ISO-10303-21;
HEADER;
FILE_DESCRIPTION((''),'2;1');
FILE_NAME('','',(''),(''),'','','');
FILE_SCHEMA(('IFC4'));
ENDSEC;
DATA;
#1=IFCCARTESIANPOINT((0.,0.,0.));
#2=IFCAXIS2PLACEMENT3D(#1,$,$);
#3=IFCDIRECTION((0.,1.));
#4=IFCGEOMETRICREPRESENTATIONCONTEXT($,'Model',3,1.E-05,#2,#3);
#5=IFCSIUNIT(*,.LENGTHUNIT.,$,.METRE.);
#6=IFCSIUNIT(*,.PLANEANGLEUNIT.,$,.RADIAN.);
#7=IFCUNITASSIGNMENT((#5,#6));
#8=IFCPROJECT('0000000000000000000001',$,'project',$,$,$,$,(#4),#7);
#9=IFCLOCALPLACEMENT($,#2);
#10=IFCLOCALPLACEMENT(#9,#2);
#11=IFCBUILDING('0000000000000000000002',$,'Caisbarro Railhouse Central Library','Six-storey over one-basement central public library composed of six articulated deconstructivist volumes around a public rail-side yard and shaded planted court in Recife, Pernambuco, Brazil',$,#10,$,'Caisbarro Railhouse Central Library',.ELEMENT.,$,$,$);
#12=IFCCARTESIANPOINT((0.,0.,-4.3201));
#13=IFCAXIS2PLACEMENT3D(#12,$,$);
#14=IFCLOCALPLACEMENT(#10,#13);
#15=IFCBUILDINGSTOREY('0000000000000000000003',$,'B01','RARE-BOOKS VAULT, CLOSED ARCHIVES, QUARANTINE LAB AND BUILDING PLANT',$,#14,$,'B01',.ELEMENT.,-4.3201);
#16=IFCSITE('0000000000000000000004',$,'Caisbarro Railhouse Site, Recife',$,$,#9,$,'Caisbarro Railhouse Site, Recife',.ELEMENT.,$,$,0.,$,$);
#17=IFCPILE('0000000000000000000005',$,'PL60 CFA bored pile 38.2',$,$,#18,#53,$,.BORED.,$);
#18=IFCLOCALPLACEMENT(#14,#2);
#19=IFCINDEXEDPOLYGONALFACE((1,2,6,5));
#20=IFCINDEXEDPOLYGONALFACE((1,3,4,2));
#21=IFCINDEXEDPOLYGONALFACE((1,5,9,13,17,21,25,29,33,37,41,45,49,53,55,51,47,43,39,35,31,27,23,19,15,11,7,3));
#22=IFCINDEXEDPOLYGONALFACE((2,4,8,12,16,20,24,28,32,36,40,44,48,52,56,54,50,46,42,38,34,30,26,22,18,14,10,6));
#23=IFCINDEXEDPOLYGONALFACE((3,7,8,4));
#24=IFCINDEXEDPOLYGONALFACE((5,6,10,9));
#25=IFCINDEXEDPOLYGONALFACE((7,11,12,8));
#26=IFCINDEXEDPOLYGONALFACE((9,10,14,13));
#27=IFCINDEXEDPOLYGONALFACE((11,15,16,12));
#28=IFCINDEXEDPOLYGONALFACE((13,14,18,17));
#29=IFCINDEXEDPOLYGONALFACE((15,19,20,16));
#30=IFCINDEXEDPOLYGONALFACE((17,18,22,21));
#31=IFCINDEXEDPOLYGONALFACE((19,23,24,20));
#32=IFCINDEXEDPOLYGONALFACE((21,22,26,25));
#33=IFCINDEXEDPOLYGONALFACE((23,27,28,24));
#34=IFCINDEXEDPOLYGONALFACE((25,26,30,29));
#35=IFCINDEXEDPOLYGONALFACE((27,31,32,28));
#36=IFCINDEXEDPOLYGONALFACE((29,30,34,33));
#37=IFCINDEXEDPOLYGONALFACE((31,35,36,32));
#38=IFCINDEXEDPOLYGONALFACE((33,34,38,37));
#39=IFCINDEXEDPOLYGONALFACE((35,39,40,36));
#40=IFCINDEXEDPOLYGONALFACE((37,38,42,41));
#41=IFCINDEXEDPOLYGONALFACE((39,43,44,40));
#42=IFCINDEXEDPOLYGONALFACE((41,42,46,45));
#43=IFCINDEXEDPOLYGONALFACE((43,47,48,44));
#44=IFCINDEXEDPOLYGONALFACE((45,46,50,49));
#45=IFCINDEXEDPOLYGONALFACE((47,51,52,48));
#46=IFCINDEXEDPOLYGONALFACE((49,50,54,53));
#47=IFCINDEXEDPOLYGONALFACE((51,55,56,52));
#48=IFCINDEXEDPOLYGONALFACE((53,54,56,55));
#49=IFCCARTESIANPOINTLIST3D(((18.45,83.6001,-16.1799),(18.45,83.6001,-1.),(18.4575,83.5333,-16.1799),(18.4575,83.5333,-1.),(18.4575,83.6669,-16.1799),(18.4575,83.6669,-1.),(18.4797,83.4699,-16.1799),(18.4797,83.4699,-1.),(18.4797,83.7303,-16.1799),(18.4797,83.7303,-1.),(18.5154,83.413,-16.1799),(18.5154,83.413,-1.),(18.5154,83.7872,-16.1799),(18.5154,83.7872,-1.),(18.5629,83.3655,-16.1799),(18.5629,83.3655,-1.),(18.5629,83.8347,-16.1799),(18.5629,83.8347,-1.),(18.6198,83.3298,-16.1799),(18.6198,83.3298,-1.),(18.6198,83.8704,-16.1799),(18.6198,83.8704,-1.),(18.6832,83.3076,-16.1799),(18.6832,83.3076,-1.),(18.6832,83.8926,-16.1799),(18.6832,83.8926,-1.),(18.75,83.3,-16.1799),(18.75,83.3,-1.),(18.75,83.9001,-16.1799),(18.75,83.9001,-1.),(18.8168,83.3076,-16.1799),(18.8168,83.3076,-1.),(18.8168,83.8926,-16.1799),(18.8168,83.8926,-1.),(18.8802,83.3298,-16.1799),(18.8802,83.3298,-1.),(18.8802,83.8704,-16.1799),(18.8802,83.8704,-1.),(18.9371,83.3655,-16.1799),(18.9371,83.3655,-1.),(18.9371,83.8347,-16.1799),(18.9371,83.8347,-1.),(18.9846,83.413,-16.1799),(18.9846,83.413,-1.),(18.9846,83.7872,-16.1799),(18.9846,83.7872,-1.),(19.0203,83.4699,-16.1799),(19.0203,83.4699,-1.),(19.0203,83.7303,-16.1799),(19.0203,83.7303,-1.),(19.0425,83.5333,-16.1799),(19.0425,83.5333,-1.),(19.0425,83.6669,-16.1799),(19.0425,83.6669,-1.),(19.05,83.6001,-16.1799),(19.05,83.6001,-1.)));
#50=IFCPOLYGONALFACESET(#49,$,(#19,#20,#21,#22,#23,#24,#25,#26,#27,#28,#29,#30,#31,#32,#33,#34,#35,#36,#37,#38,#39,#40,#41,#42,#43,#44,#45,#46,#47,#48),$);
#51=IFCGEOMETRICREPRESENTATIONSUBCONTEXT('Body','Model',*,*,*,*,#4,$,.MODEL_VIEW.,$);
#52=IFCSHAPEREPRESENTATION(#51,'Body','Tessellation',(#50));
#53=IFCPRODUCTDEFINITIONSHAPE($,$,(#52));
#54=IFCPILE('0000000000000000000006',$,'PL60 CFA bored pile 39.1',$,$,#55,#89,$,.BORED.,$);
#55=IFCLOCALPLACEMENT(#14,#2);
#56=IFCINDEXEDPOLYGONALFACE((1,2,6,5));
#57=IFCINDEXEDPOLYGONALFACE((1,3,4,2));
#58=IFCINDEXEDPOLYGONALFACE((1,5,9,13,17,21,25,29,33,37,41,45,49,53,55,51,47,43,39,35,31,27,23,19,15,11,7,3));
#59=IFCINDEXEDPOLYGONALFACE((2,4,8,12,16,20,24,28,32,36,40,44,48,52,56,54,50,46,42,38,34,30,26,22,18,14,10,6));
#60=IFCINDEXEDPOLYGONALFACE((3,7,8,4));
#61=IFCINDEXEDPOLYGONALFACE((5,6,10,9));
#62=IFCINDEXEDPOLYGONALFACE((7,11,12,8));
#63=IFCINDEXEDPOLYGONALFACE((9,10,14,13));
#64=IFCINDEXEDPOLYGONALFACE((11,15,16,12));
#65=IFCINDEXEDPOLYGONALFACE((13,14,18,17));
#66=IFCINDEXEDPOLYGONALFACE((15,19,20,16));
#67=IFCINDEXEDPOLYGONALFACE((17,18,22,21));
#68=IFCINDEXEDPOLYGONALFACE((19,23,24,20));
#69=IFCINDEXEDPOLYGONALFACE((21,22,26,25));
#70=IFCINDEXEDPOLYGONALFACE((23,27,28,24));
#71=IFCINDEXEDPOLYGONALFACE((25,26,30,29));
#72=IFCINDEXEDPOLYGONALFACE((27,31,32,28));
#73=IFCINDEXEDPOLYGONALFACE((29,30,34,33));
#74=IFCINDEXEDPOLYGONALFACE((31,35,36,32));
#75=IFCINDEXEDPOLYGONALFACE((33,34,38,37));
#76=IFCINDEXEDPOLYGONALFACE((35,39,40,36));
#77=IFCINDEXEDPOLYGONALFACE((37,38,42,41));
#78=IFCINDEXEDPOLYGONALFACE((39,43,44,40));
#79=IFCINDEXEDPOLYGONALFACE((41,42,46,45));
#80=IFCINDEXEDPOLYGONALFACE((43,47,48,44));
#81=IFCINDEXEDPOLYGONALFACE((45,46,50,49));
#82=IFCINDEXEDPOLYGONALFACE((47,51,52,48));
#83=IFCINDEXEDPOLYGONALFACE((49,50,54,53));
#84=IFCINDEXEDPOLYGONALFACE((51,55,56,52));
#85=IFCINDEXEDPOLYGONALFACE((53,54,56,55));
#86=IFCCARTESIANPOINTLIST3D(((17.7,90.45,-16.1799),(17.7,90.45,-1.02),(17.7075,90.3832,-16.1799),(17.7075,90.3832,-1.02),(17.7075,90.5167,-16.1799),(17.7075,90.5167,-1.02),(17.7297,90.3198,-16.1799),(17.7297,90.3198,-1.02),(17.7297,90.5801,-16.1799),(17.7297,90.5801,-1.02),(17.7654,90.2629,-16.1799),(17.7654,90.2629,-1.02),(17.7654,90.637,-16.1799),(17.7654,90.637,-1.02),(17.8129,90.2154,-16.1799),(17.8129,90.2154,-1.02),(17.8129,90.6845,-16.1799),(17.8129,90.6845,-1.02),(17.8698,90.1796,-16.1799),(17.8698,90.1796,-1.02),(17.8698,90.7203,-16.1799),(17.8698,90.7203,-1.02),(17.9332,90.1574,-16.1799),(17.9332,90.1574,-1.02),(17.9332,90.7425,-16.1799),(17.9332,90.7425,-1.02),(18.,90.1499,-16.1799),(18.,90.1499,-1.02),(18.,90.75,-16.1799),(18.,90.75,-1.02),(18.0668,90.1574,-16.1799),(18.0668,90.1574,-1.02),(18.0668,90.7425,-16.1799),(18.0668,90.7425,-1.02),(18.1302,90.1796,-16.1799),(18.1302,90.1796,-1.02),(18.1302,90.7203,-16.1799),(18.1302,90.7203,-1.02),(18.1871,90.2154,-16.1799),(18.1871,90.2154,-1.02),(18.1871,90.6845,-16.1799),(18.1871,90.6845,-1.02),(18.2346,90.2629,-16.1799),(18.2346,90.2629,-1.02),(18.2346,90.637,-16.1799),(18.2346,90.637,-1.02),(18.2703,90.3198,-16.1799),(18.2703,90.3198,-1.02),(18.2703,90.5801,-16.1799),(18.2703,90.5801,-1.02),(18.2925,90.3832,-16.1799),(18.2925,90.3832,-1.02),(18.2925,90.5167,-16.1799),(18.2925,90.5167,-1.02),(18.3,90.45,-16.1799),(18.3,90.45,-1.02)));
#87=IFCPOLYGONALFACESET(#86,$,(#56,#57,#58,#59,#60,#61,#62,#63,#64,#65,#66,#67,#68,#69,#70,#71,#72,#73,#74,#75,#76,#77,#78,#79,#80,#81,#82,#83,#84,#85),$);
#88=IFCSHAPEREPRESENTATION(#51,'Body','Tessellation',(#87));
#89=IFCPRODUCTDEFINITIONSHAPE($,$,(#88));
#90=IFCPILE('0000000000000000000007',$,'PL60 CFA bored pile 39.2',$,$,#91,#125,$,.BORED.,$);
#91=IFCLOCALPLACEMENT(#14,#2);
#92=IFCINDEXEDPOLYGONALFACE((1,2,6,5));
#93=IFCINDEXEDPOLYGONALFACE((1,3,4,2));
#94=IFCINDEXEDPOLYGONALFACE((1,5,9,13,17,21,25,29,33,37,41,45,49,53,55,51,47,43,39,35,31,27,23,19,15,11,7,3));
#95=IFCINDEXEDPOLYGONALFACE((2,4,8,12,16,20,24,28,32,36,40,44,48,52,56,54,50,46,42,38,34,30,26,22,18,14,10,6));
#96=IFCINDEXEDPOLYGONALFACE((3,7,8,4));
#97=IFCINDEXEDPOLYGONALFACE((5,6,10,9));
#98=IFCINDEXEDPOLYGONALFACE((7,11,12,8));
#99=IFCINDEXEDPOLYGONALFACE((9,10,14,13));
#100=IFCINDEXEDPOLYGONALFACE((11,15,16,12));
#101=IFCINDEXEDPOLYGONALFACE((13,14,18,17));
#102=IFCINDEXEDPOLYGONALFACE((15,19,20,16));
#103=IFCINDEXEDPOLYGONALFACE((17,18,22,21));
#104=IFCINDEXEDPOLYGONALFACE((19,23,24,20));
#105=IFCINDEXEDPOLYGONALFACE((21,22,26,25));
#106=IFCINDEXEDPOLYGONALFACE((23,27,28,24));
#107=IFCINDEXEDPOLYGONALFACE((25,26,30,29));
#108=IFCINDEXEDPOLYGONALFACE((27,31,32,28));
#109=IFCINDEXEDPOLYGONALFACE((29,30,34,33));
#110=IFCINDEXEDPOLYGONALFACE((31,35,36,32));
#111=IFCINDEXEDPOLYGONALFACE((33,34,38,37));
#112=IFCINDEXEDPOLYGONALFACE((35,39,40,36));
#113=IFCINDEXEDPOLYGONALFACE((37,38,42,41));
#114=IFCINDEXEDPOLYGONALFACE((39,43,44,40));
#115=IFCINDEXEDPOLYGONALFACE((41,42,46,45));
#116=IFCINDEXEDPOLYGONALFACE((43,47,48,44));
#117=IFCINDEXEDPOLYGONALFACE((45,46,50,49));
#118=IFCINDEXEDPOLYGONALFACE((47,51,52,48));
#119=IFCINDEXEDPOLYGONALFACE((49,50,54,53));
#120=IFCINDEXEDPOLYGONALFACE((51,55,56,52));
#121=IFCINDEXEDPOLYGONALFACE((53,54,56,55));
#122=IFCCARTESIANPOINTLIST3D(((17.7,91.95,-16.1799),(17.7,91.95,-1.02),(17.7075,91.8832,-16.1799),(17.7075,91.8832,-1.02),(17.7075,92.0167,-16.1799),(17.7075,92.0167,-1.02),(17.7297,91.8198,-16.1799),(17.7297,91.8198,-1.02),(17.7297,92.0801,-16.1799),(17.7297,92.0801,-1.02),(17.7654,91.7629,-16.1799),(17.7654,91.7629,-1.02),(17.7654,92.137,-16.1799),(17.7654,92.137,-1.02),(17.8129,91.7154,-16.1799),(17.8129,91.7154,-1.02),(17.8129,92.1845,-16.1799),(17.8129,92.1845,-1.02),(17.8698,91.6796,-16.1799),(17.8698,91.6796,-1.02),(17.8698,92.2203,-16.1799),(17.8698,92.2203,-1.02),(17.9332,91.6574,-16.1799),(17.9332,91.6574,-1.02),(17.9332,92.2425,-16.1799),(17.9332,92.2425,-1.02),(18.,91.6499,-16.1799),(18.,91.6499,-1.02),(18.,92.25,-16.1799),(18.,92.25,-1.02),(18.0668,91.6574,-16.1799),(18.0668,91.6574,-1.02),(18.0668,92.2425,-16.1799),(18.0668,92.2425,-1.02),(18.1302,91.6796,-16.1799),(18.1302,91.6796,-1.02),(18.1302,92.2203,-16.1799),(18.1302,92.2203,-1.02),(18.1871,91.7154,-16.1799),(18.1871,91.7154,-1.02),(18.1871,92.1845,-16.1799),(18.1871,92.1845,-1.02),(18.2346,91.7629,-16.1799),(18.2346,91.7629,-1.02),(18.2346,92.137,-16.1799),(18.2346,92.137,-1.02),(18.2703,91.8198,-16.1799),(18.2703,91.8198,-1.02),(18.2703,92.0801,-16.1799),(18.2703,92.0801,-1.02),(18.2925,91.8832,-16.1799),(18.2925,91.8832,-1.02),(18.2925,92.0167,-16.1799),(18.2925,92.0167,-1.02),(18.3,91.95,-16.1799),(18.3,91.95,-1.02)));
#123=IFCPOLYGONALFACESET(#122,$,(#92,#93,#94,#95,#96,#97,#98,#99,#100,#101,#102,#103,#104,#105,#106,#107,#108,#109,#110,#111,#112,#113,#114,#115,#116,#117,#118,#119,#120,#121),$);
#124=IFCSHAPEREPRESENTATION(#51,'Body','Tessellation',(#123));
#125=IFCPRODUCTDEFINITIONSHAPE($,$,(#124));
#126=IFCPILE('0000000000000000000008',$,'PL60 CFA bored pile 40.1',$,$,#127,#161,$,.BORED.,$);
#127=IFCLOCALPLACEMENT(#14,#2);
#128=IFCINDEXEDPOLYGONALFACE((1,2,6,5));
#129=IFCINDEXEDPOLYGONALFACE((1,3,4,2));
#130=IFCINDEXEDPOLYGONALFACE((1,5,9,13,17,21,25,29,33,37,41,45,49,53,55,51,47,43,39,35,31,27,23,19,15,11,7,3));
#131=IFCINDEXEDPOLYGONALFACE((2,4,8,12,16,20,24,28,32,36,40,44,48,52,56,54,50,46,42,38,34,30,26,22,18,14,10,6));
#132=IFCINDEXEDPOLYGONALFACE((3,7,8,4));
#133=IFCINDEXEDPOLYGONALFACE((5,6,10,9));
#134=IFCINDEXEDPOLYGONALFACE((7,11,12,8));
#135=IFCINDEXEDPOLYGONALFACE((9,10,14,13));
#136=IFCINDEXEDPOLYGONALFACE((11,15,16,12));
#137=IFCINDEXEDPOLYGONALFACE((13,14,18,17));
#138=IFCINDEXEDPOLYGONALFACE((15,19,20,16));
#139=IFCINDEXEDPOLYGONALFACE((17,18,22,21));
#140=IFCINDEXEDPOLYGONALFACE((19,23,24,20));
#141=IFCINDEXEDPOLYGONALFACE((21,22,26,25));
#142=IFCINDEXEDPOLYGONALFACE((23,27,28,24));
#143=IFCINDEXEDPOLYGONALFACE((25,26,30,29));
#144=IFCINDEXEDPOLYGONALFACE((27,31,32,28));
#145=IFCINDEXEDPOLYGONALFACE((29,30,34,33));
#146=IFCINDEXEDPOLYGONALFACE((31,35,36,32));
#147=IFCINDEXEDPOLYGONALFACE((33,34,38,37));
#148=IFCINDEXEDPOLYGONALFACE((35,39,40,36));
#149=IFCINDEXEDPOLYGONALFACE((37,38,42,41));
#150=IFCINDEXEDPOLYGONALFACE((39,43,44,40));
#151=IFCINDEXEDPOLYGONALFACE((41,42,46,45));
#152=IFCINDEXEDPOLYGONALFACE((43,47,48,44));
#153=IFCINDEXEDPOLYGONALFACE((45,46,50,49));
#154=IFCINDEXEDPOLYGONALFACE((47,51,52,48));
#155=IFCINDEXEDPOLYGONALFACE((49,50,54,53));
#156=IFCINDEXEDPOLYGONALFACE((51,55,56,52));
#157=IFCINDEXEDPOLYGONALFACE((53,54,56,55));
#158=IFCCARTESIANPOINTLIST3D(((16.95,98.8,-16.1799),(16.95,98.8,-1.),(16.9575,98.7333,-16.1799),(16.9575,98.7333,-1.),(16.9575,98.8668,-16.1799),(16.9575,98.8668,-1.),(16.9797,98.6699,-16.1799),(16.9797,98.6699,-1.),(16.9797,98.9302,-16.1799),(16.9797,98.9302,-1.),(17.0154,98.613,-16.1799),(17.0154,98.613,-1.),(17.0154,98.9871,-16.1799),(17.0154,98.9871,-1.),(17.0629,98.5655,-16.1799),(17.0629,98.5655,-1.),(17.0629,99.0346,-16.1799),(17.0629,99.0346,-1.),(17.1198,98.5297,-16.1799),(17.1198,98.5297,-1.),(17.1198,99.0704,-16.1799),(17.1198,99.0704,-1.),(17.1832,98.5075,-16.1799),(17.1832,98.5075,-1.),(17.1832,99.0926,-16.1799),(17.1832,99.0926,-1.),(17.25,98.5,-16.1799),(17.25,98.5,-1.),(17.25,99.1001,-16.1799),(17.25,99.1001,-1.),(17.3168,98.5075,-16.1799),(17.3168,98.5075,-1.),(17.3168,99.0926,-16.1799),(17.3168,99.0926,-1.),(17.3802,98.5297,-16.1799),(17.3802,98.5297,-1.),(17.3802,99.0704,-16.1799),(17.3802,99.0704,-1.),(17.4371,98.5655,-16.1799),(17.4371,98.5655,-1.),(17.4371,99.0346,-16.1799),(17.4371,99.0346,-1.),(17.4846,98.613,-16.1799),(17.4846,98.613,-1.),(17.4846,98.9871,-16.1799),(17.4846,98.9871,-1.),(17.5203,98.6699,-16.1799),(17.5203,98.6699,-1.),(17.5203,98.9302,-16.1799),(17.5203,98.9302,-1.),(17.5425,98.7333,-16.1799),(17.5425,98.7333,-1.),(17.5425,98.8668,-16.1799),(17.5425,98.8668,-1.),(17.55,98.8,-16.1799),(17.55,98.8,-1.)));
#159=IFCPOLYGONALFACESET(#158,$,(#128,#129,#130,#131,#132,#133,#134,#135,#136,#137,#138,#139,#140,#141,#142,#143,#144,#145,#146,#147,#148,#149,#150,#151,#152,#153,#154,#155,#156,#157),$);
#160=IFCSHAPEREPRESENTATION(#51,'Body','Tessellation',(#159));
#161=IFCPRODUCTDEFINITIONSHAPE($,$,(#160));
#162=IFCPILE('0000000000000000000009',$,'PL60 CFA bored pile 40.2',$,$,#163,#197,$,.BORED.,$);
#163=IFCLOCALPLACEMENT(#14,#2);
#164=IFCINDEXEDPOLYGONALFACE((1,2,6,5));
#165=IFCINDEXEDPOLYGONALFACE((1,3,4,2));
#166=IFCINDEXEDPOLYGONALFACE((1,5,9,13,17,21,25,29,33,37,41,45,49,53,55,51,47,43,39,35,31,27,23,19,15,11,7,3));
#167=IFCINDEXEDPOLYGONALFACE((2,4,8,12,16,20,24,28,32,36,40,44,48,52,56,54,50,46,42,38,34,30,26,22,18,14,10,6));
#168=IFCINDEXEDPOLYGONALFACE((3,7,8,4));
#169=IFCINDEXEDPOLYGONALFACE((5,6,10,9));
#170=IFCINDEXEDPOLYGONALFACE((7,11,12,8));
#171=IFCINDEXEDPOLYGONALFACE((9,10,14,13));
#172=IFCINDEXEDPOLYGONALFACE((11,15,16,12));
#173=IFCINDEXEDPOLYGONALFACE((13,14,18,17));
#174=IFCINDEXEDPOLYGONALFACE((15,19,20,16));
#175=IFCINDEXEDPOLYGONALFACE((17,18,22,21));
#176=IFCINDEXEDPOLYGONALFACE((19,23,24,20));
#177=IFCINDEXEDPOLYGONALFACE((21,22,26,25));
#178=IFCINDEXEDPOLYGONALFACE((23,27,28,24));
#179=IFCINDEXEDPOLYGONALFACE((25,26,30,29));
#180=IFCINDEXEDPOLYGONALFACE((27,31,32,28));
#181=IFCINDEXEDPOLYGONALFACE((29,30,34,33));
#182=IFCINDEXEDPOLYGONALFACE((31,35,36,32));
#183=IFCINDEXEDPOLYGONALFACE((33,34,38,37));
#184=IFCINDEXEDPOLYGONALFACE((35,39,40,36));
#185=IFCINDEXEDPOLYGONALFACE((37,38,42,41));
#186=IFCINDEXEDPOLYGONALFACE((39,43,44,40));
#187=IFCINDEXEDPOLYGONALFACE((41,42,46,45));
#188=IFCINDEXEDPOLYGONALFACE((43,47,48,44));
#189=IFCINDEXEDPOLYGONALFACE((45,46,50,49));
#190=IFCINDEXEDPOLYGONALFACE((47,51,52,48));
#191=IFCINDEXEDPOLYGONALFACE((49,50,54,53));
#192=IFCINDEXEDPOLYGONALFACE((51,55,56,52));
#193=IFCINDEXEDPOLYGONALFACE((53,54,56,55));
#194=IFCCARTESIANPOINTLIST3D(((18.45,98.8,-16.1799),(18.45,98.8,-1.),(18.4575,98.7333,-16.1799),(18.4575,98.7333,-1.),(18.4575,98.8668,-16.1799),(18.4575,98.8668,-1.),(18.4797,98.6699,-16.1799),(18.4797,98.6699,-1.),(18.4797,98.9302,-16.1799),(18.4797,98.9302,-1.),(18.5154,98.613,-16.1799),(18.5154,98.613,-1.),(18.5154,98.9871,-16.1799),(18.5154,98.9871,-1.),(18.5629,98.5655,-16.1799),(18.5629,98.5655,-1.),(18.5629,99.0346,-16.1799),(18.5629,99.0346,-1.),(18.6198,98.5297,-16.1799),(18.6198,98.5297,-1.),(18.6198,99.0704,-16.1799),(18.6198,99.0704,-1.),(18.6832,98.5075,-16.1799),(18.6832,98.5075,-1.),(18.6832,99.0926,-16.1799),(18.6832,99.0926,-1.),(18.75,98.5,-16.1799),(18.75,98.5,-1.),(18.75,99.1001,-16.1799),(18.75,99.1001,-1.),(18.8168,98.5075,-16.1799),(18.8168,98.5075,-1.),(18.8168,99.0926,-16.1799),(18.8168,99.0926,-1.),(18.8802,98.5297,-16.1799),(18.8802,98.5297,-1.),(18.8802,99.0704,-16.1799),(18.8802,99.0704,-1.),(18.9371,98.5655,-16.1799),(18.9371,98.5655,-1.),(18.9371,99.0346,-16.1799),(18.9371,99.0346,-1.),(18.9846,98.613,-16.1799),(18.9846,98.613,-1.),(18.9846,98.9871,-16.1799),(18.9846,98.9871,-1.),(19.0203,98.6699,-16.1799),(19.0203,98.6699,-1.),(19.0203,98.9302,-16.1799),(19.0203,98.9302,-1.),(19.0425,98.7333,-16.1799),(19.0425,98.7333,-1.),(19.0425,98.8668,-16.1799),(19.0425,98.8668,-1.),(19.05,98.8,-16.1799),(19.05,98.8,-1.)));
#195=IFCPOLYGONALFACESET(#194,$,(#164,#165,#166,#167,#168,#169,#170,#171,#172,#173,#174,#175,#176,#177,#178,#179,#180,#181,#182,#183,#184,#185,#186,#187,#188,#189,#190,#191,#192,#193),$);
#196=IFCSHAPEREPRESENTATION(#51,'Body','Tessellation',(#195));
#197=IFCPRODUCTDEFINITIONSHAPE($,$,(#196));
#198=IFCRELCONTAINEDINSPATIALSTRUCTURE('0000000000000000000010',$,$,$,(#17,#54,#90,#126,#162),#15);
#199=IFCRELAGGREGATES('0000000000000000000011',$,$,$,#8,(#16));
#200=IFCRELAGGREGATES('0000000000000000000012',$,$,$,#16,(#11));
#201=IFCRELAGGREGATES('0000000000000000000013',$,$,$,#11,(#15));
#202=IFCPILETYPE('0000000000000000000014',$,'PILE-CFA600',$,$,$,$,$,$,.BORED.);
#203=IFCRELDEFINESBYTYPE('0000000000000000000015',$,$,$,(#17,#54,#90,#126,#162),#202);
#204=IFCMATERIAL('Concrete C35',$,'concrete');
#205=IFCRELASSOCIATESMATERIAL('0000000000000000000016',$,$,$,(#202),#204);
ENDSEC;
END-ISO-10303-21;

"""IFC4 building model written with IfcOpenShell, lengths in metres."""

from ifc_helpers import new_model, si_unit, direction, frame, origin, origin_2d, place, context, subcontext, project, spatial, circle, extrude, material, material_profile, profile_set, type_object, element, save


model = new_model("IFC4")

# Units and contexts
model_context = context("Model", 3, precision=1e-05, world=origin(), true_north=direction((0.0, 1.0)))
body_context = subcontext(model_context, "Body", "Model", "MODEL_VIEW")
ifc_project = project(units=[si_unit("LENGTHUNIT", "METRE"), si_unit("PLANEANGLEUNIT", "RADIAN")], contexts=[model_context])

# Site, building, storey
site_placement = place(None, origin())
site = spatial("IfcSite", under=ifc_project, at=site_placement, Name="Caisbarro Railhouse Site, Recife", LongName="Caisbarro Railhouse Site, Recife", CompositionType="ELEMENT", RefElevation=0.0)
building_placement = place(site_placement, origin())
building = spatial("IfcBuilding", under=site, at=building_placement, Name="Caisbarro Railhouse Central Library", Description="Six-storey over one-basement central public library composed of six articulated deconstructivist volumes around a public rail-side yard and shaded planted court in Recife, Pernambuco, Brazil", LongName="Caisbarro Railhouse Central Library", CompositionType="ELEMENT")
storey_placement = place(building_placement, frame((0.0, 0.0, -4.3201)))
storey = spatial("IfcBuildingStorey", under=building, at=storey_placement, Name="B01", Description="RARE-BOOKS VAULT, CLOSED ARCHIVES, QUARANTINE LAB AND BUILDING PLANT", LongName="B01", CompositionType="ELEMENT", Elevation=-4.3201)

# Shared definitions
ifc_material_1 = material(Name="Concrete C35", Category="concrete")

# Piles
ifc_material_profile_1 = material_profile(ifc_material_1, circle(Radius=0.3, at=origin_2d()), Name="PILE-CFA-600")
ifc_profile_set_1 = profile_set([ifc_material_profile_1], Name="Concrete C35")
pile_type = type_object("IfcPileType", Name="PILE-CFA600", PredefinedType="BORED", material=ifc_profile_set_1)
for number, where, z_axis, x_axis, name in (
    (1, (18.75, 83.6001, -1.0), (0.0, 0.0, -1.0), (1.0, 0.0, 0.0), "PL60 CFA bored pile 38.2"),
):
    element("IfcPile", number, at=place(storey_placement, frame(where, z_axis=z_axis, x_axis=x_axis)), inside=storey, type_object=pile_type, Name=name, PredefinedType="BORED", context=body_context, shape_type="SweptSolid", body=[
        extrude(circle(Radius=0.3, at=origin_2d()), origin(), (0.0, 0.0, 1.0), 15.1799),
    ])
for number, where, z_axis, x_axis, name in (
    (2, (18.0, 90.45, -1.02), (0.0, 0.0, -1.0), (1.0, 0.0, 0.0), "PL60 CFA bored pile 39.1"),
    (3, (18.0, 91.95, -1.02), (0.0, 0.0, -1.0), (1.0, 0.0, 0.0), "PL60 CFA bored pile 39.2"),
):
    element("IfcPile", number, at=place(storey_placement, frame(where, z_axis=z_axis, x_axis=x_axis)), inside=storey, type_object=pile_type, Name=name, PredefinedType="BORED", context=body_context, shape_type="SweptSolid", body=[
        extrude(circle(Radius=0.3, at=origin_2d()), origin(), (0.0, 0.0, 1.0), 15.1599),
    ])
for number, where, z_axis, x_axis, name in (
    (4, (17.25, 98.8, -1.0), (0.0, 0.0, -1.0), (1.0, 0.0, 0.0), "PL60 CFA bored pile 40.1"),
    (5, (18.75, 98.8, -1.0), (0.0, 0.0, -1.0), (1.0, 0.0, 0.0), "PL60 CFA bored pile 40.2"),
):
    element("IfcPile", number, at=place(storey_placement, frame(where, z_axis=z_axis, x_axis=x_axis)), inside=storey, type_object=pile_type, Name=name, PredefinedType="BORED", context=body_context, shape_type="SweptSolid", body=[
        extrude(circle(Radius=0.3, at=origin_2d()), origin(), (0.0, 0.0, 1.0), 15.1799),
    ])

save(model, "model.ifc")
